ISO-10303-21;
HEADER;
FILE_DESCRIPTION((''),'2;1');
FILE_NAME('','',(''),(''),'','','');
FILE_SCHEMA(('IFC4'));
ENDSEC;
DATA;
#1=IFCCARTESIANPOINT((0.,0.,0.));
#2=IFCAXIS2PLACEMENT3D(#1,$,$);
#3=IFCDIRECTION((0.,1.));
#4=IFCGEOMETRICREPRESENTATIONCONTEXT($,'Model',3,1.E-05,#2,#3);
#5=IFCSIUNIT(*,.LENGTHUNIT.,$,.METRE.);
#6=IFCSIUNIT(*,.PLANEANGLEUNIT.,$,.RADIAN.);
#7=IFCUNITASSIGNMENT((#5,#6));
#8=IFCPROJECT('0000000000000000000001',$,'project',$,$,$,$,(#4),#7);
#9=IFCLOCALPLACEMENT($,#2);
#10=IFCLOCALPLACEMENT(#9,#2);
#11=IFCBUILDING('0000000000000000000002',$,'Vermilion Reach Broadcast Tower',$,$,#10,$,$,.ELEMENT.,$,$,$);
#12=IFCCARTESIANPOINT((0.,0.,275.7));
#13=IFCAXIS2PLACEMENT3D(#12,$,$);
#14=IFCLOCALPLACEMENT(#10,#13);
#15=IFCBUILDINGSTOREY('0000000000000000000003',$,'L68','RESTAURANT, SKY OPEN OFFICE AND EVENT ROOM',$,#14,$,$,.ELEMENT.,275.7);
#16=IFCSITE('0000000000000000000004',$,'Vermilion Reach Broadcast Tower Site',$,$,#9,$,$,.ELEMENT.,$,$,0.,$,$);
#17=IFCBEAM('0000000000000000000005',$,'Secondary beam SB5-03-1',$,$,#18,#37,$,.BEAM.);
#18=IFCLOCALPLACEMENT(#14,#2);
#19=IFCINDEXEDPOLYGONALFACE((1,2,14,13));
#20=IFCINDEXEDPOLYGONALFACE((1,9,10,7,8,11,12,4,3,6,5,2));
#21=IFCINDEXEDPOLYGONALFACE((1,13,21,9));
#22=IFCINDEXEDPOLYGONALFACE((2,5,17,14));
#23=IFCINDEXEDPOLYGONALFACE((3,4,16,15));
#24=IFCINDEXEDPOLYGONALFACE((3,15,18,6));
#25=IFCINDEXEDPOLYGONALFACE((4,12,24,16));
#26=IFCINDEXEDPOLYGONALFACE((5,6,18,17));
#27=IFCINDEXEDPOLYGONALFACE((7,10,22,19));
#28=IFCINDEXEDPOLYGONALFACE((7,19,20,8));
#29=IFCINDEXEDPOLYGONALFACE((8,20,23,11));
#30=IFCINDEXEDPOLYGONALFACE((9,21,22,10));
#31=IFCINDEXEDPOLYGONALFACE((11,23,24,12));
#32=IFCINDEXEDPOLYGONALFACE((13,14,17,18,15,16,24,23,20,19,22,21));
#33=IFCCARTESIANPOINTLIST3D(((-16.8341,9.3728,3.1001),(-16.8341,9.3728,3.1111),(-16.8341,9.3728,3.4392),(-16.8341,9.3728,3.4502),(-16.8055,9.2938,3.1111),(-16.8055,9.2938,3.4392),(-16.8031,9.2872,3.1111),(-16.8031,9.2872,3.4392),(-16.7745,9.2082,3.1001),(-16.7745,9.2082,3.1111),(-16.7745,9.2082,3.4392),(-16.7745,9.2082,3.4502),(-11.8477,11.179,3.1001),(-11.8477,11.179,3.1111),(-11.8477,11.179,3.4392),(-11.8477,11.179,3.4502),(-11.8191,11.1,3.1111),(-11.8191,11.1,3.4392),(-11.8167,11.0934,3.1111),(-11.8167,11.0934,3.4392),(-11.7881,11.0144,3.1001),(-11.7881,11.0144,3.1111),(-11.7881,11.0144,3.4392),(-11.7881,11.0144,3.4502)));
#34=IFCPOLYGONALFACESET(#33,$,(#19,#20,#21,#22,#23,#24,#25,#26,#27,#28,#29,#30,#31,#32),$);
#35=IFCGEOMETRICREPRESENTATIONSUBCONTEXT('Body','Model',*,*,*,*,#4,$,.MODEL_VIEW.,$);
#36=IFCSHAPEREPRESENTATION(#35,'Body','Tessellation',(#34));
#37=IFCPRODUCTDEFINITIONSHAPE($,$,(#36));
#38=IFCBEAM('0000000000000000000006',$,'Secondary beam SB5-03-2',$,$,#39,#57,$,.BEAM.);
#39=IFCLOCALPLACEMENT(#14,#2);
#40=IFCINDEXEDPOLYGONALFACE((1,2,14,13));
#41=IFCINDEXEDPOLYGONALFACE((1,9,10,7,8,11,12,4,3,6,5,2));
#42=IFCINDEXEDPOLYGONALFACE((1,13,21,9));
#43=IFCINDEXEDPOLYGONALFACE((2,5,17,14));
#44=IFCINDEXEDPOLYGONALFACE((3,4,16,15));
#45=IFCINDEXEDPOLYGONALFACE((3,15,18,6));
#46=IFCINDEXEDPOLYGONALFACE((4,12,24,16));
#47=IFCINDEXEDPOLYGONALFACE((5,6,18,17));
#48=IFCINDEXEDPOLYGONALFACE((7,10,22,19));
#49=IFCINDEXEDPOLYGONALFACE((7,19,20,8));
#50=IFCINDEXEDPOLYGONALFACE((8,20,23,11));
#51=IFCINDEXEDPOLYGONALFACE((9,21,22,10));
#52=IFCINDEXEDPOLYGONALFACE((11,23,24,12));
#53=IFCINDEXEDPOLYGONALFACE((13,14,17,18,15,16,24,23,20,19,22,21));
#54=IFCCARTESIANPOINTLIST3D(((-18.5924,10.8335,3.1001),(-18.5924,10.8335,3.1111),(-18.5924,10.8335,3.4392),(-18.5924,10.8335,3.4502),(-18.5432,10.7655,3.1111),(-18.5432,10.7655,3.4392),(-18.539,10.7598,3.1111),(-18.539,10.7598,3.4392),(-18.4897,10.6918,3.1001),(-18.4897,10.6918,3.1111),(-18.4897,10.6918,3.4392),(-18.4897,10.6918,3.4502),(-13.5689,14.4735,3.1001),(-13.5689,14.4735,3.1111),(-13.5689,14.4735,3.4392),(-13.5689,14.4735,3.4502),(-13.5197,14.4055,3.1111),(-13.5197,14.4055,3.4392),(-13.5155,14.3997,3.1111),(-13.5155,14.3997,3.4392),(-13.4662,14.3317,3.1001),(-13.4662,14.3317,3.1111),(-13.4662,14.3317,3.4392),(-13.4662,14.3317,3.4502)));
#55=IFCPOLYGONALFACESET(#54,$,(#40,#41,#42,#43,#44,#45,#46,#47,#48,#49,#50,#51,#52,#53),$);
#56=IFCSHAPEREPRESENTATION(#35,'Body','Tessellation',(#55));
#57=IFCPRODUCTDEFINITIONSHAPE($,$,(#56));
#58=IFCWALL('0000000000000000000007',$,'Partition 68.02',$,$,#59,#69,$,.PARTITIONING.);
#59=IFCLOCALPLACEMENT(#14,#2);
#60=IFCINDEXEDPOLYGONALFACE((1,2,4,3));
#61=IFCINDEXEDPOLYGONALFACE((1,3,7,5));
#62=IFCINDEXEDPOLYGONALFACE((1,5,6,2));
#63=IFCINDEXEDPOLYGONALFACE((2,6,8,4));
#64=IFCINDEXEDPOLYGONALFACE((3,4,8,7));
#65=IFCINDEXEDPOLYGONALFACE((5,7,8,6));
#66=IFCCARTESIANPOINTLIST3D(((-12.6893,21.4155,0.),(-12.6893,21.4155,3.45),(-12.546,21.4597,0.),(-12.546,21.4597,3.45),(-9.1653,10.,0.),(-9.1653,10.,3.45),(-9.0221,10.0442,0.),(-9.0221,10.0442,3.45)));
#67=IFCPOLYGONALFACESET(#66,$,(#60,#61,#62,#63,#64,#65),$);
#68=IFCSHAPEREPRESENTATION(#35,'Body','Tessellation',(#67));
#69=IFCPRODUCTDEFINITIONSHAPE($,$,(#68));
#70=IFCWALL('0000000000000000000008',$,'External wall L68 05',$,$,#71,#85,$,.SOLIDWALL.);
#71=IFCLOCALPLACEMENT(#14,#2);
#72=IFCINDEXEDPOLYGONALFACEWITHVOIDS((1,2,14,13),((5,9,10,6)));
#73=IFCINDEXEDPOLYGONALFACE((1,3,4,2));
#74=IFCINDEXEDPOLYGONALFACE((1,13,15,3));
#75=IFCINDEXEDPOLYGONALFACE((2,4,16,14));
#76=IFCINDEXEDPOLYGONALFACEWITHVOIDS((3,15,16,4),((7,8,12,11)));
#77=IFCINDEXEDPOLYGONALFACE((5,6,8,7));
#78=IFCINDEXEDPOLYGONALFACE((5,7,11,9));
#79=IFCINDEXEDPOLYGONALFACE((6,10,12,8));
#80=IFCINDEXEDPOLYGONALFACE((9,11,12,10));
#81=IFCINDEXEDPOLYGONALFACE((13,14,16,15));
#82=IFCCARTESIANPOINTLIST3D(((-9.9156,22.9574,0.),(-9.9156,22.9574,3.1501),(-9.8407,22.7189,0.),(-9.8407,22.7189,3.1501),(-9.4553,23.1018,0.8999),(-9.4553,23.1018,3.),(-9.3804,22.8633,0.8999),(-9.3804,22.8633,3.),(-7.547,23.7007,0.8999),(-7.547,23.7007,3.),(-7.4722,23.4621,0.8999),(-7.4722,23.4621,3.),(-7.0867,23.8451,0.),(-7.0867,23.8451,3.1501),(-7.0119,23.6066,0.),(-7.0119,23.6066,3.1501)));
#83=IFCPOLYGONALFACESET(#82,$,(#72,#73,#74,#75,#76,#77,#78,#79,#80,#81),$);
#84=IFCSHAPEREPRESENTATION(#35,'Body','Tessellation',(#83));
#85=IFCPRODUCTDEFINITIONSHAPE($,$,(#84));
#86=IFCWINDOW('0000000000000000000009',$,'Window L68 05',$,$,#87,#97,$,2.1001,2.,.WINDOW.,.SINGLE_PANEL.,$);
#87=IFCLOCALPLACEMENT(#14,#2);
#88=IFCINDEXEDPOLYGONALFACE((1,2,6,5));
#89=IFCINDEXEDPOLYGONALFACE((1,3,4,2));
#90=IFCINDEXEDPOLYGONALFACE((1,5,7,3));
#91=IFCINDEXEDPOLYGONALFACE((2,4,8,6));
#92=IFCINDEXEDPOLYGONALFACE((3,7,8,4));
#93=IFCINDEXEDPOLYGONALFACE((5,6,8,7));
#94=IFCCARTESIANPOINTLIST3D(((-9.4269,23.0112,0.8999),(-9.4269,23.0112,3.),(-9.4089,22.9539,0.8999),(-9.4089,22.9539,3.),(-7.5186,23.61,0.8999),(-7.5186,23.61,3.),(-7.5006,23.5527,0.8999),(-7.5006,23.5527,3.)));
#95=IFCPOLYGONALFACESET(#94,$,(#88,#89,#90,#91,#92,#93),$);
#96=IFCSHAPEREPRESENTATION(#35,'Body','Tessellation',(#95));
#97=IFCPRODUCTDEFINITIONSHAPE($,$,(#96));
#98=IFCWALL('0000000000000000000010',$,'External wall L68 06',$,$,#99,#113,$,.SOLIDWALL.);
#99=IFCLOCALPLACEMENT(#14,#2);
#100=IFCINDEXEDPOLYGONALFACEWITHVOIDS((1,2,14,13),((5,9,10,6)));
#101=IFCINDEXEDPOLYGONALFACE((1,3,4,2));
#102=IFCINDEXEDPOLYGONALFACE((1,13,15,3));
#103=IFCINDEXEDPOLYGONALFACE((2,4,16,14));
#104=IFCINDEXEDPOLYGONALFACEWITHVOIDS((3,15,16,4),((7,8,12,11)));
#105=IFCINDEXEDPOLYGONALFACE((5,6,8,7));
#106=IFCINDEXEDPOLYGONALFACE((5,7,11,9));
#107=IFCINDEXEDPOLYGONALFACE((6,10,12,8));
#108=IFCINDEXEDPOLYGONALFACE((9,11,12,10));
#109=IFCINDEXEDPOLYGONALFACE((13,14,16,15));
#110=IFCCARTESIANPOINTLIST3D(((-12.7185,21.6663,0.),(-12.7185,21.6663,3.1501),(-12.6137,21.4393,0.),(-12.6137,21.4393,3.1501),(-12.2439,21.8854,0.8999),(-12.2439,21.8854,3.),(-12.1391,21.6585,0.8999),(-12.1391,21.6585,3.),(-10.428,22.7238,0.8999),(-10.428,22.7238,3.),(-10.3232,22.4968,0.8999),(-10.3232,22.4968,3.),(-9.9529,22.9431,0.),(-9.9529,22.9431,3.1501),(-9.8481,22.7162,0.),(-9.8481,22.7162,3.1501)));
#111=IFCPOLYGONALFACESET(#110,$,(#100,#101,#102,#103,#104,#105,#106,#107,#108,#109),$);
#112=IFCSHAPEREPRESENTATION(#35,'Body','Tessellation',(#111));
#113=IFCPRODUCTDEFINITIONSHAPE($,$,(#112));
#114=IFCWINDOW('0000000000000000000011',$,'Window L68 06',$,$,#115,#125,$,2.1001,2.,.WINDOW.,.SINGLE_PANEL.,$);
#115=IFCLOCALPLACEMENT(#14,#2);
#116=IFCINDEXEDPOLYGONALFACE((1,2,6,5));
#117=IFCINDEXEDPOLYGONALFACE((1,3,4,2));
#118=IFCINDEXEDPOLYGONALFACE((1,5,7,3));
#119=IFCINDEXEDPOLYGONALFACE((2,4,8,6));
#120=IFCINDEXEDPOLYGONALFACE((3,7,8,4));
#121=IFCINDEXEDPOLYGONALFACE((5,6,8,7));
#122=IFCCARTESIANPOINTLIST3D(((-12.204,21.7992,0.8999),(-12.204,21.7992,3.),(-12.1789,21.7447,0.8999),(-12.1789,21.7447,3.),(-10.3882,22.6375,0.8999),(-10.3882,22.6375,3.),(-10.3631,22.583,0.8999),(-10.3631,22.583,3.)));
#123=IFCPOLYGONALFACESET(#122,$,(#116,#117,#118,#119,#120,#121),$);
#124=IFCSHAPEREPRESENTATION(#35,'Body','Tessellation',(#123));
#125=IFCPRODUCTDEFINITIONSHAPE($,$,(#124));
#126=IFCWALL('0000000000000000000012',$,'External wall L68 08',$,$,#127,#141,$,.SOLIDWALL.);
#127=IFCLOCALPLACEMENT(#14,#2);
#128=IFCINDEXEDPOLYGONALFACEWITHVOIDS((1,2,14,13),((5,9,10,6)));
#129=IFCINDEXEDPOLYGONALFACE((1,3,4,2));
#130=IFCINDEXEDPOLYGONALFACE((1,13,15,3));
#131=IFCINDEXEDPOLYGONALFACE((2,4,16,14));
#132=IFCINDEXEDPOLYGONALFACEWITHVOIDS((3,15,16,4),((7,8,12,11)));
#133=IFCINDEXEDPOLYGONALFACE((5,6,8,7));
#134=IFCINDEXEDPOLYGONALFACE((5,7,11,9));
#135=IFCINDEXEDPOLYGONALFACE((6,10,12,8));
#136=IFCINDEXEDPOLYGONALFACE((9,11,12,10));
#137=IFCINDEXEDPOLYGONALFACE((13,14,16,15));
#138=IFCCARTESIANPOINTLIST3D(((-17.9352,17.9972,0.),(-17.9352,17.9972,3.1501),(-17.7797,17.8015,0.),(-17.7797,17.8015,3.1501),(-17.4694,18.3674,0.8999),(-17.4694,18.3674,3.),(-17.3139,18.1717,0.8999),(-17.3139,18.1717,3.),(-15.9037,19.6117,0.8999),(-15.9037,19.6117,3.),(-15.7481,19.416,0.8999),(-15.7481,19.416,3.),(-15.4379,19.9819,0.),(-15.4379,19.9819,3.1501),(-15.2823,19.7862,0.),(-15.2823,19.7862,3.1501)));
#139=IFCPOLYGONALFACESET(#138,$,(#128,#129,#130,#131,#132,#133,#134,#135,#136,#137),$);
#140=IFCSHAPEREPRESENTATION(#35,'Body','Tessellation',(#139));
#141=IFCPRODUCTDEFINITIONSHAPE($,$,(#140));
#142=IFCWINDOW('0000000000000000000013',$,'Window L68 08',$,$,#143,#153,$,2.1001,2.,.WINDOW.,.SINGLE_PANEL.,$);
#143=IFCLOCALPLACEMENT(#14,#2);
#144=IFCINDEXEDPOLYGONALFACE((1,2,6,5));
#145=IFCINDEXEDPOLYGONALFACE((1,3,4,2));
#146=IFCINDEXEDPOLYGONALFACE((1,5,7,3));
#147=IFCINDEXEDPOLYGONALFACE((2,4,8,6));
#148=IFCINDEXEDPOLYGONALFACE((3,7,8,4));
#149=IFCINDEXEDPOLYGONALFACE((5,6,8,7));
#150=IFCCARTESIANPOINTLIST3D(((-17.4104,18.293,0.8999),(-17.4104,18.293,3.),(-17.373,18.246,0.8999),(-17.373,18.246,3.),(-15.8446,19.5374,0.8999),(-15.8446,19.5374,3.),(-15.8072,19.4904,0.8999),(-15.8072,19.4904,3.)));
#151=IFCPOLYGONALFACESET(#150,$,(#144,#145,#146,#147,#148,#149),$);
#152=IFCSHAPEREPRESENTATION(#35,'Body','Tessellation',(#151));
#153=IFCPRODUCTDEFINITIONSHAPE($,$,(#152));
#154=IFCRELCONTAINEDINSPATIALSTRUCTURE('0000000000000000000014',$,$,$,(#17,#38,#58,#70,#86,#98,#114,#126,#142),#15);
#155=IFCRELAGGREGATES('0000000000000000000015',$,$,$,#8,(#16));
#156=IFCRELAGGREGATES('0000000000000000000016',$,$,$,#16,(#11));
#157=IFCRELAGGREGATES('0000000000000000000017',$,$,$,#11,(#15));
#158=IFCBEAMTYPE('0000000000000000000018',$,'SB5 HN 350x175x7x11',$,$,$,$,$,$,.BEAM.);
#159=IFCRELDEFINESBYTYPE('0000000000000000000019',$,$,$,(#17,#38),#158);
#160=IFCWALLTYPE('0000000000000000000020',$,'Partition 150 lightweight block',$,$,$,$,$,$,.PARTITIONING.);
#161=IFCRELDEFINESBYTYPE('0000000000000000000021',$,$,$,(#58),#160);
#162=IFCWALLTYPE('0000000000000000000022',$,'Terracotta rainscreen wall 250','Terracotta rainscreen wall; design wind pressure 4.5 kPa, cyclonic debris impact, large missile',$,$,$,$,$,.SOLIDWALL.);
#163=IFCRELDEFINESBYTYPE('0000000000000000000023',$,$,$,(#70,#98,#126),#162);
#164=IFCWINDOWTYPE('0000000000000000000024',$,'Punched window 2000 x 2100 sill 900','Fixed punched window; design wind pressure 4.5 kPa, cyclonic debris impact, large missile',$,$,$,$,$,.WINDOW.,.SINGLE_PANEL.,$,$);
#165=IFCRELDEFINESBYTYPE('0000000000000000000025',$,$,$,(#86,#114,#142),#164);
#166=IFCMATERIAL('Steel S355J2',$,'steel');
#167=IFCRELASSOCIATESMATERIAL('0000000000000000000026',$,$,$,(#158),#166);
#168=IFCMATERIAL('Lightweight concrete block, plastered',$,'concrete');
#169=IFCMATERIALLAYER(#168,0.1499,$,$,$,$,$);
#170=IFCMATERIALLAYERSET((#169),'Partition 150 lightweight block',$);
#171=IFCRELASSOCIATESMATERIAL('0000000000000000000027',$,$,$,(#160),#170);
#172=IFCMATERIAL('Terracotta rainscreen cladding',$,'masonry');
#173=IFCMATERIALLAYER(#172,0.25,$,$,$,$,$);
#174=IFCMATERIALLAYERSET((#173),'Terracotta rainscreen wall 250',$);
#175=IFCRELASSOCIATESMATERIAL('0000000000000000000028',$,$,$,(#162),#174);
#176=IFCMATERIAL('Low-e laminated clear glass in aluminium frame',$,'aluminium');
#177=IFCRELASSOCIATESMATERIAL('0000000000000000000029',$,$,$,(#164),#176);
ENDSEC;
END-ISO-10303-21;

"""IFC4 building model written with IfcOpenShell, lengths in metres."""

from ifc_helpers import new_model, si_unit, direction, frame, frame_2d, origin, origin_2d, place, context, subcontext, project, spatial, rectangle, i_section, extrude, material, layer, layer_set, material_profile, profile_set, type_object, element, fill, save


model = new_model("IFC4")

# Units and contexts
model_context = context("Model", 3, precision=1e-05, world=origin(), true_north=direction((0.0, 1.0)))
body_context = subcontext(model_context, "Body", "Model", "MODEL_VIEW")
ifc_project = project(units=[si_unit("LENGTHUNIT", "METRE"), si_unit("PLANEANGLEUNIT", "RADIAN")], contexts=[model_context])

# Site, building, storey
site_placement = place(None, origin())
site = spatial("IfcSite", under=ifc_project, at=site_placement, Name="Vermilion Reach Broadcast Tower Site", CompositionType="ELEMENT", RefElevation=0.0)
building_placement = place(site_placement, origin())
building = spatial("IfcBuilding", under=site, at=building_placement, Name="Vermilion Reach Broadcast Tower", CompositionType="ELEMENT")
storey_placement = place(building_placement, frame((0.0, 0.0, 275.7)))
storey = spatial("IfcBuildingStorey", under=building, at=storey_placement, Name="L68", Description="RESTAURANT, SKY OPEN OFFICE AND EVENT ROOM", CompositionType="ELEMENT", Elevation=275.7)

# Beams
ifc_material_1 = material(Name="Steel S355J2", Category="steel")
ifc_material_profile_1 = material_profile(ifc_material_1, i_section(OverallWidth=0.175, OverallDepth=0.3501, WebThickness=0.0071, FlangeThickness=0.011, at=origin_2d()), Name="S355J2 HN 350x175x7x11")
ifc_profile_set_1 = profile_set([ifc_material_profile_1], Name="Steel S355J2")
beam_type_1 = type_object("IfcBeamType", Name="SB5 HN 350x175x7x11", PredefinedType="BEAM", material=ifc_profile_set_1)
beam_1_placement = place(storey_placement, frame((-11.8179, 11.0967, 3.2751), z_axis=(-0.94022, -0.340567, 0.0), x_axis=(0.340567, -0.94022, 0.0)))
element("IfcBeam", 1, at=beam_1_placement, inside=storey, type_object=beam_type_1, Name="Secondary beam SB5-03-1", PredefinedType="BEAM", context=body_context, shape_type="SweptSolid", body=[
    extrude(i_section(OverallWidth=0.175, OverallDepth=0.3501, WebThickness=0.0071, FlangeThickness=0.011, at=origin_2d()), origin(), (0.0, 0.0, 1.0), 5.3035),
])
beam_2_placement = place(storey_placement, frame((-13.5176, 14.4026, 3.2751), z_axis=(-0.809771, -0.586746, 0.0), x_axis=(0.586746, -0.809771, 0.0)))
element("IfcBeam", 2, at=beam_2_placement, inside=storey, type_object=beam_type_1, Name="Secondary beam SB5-03-2", PredefinedType="BEAM", context=body_context, shape_type="SweptSolid", body=[
    extrude(i_section(OverallWidth=0.175, OverallDepth=0.3501, WebThickness=0.0071, FlangeThickness=0.011, at=origin_2d()), origin(), (0.0, 0.0, 1.0), 6.2036),
])

# Wall
ifc_material_2 = material(Name="Lightweight concrete block, plastered", Category="concrete")
ifc_layer_1 = layer(ifc_material_2, 0.1499)
ifc_layer_set_1 = layer_set([ifc_layer_1], Name="Partition 150 lightweight block")
wall_type_1 = type_object("IfcWallType", Name="Partition 150 lightweight block", PredefinedType="PARTITIONING", material=ifc_layer_set_1)
wall_1_placement = place(storey_placement, frame((-12.6177, 21.4377, 0.0), z_axis=(0.0, 0.0, 1.0), x_axis=(0.294962, -0.955509, 0.0)))
element("IfcWall", 3, at=wall_1_placement, inside=storey, type_object=wall_type_1, Name="Partition 68.02", PredefinedType="PARTITIONING", context=body_context, shape_type="SweptSolid", body=[
    extrude(rectangle(XDim=11.947, YDim=0.1499, at=frame_2d((5.9736, 0.0))), origin(), (0.0, 0.0, 1.0), 3.45),
])

# Walls, openings, windows
ifc_material_3 = material(Name="Terracotta rainscreen cladding", Category="masonry")
ifc_layer_2 = layer(ifc_material_3, 0.25)
ifc_layer_set_2 = layer_set([ifc_layer_2], Name="Terracotta rainscreen wall 250")
wall_type_2 = type_object("IfcWallType", Name="Terracotta rainscreen wall 250", Description="Terracotta rainscreen wall; design wind pressure 4.5 kPa, cyclonic debris impact, large missile", PredefinedType="SOLIDWALL", material=ifc_layer_set_2)
wall_2_placement = place(storey_placement, frame((-7.0493, 23.7258, 0.0), z_axis=(0.0, 0.0, 1.0), x_axis=(-0.954126, -0.299405, 0.0)))
wall_2 = element("IfcWall", 4, at=wall_2_placement, inside=storey, type_object=wall_type_2, Name="External wall L68 05", PredefinedType="SOLIDWALL", context=body_context, shape_type="SweptSolid", body=[
    extrude(rectangle(XDim=2.9648, YDim=0.25, at=frame_2d((1.4824, 0.0))), origin(), (0.0, 0.0, 1.0), 3.1501),
])
opening_1_placement = place(wall_2_placement, frame((0.4824, 0.0, 0.8999)))
opening_1 = element("IfcOpeningElement", 5, at=opening_1_placement, cuts=wall_2, PredefinedType="OPENING", context=body_context, shape_type="SweptSolid", body=[
    extrude(rectangle(XDim=2.0, YDim=2.1001, at=frame_2d((1.0, 1.05))), frame((0.0, 0.135, 0.0), z_axis=(0.0, -1.0, 0.0), x_axis=(1.0, 0.0, 0.0)), (0.0, 0.0, 1.0), 0.27),
])
ifc_material_4 = material(Name="Low-e laminated clear glass in aluminium frame", Category="aluminium")
window_type = type_object("IfcWindowType", Name="Punched window 2000 x 2100 sill 900", Description="Fixed punched window; design wind pressure 4.5 kPa, cyclonic debris impact, large missile", PartitioningType="SINGLE_PANEL", PredefinedType="WINDOW", material=ifc_material_4)
window_1_placement = place(opening_1_placement, origin())
window_1 = element("IfcWindow", 6, at=window_1_placement, inside=storey, type_object=window_type, Name="Window L68 05", OverallHeight=2.1001, OverallWidth=2.0, PartitioningType="SINGLE_PANEL", PredefinedType="WINDOW", context=body_context, shape_type="SweptSolid", body=[
    extrude(rectangle(XDim=2.0, YDim=2.1001, at=frame_2d((1.0, 1.05))), frame((0.0, 0.03, 0.0), z_axis=(0.0, -1.0, 0.0), x_axis=(1.0, 0.0, 0.0)), (0.0, 0.0, 1.0), 0.0601),
])
fill(opening_1, window_1)
wall_3_placement = place(storey_placement, frame((-9.9006, 22.8296, 0.0), z_axis=(0.0, 0.0, 1.0), x_axis=(-0.907908, -0.41917, 0.0)))
wall_3 = element("IfcWall", 7, at=wall_3_placement, inside=storey, type_object=wall_type_2, Name="External wall L68 06", PredefinedType="SOLIDWALL", context=body_context, shape_type="SweptSolid", body=[
    extrude(rectangle(XDim=3.0461, YDim=0.25, at=frame_2d((1.5229, 0.0))), origin(), (0.0, 0.0, 1.0), 3.1501),
])
opening_2_placement = place(wall_3_placement, frame((0.5232, 0.0, 0.8999)))
opening_2 = element("IfcOpeningElement", 8, at=opening_2_placement, cuts=wall_3, PredefinedType="OPENING", context=body_context, shape_type="SweptSolid", body=[
    extrude(rectangle(XDim=2.0, YDim=2.1001, at=frame_2d((1.0, 1.05))), frame((0.0, 0.135, 0.0), z_axis=(0.0, -1.0, 0.0), x_axis=(1.0, 0.0, 0.0)), (0.0, 0.0, 1.0), 0.27),
])
window_2_placement = place(opening_2_placement, origin())
window_2 = element("IfcWindow", 9, at=window_2_placement, inside=storey, type_object=window_type, Name="Window L68 06", OverallHeight=2.1001, OverallWidth=2.0, PartitioningType="SINGLE_PANEL", PredefinedType="WINDOW", context=body_context, shape_type="SweptSolid", body=[
    extrude(rectangle(XDim=2.0, YDim=2.1001, at=frame_2d((1.0, 1.05))), frame((0.0, 0.03, 0.0), z_axis=(0.0, -1.0, 0.0), x_axis=(1.0, 0.0, 0.0)), (0.0, 0.0, 1.0), 0.0601),
])
fill(opening_2, window_2)

# Wall, opening, window
wall_4_placement = place(storey_placement, frame((-15.3601, 19.884, 0.0), z_axis=(0.0, 0.0, 1.0), x_axis=(-0.782888, -0.622162, 0.0)))
wall_4 = element("IfcWall", 10, at=wall_4_placement, inside=storey, type_object=wall_type_2, Name="External wall L68 08", PredefinedType="SOLIDWALL", context=body_context, shape_type="SweptSolid", body=[
    extrude(rectangle(XDim=3.1899, YDim=0.25, at=frame_2d((1.595, 0.0))), origin(), (0.0, 0.0, 1.0), 3.1501),
])
opening_3_placement = place(wall_4_placement, frame((0.595, 0.0, 0.8999)))
opening_3 = element("IfcOpeningElement", 11, at=opening_3_placement, cuts=wall_4, PredefinedType="OPENING", context=body_context, shape_type="SweptSolid", body=[
    extrude(rectangle(XDim=2.0, YDim=2.1001, at=frame_2d((1.0, 1.05))), frame((0.0, 0.135, 0.0), z_axis=(0.0, -1.0, 0.0), x_axis=(1.0, 0.0, 0.0)), (0.0, 0.0, 1.0), 0.27),
])
window_3_placement = place(opening_3_placement, origin())
window_3 = element("IfcWindow", 12, at=window_3_placement, inside=storey, type_object=window_type, Name="Window L68 08", OverallHeight=2.1001, OverallWidth=2.0, PartitioningType="SINGLE_PANEL", PredefinedType="WINDOW", context=body_context, shape_type="SweptSolid", body=[
    extrude(rectangle(XDim=2.0, YDim=2.1001, at=frame_2d((1.0, 1.05))), frame((0.0, 0.03, 0.0), z_axis=(0.0, -1.0, 0.0), x_axis=(1.0, 0.0, 0.0)), (0.0, 0.0, 1.0), 0.0601),
])
fill(opening_3, window_3)

save(model, "model.ifc")
